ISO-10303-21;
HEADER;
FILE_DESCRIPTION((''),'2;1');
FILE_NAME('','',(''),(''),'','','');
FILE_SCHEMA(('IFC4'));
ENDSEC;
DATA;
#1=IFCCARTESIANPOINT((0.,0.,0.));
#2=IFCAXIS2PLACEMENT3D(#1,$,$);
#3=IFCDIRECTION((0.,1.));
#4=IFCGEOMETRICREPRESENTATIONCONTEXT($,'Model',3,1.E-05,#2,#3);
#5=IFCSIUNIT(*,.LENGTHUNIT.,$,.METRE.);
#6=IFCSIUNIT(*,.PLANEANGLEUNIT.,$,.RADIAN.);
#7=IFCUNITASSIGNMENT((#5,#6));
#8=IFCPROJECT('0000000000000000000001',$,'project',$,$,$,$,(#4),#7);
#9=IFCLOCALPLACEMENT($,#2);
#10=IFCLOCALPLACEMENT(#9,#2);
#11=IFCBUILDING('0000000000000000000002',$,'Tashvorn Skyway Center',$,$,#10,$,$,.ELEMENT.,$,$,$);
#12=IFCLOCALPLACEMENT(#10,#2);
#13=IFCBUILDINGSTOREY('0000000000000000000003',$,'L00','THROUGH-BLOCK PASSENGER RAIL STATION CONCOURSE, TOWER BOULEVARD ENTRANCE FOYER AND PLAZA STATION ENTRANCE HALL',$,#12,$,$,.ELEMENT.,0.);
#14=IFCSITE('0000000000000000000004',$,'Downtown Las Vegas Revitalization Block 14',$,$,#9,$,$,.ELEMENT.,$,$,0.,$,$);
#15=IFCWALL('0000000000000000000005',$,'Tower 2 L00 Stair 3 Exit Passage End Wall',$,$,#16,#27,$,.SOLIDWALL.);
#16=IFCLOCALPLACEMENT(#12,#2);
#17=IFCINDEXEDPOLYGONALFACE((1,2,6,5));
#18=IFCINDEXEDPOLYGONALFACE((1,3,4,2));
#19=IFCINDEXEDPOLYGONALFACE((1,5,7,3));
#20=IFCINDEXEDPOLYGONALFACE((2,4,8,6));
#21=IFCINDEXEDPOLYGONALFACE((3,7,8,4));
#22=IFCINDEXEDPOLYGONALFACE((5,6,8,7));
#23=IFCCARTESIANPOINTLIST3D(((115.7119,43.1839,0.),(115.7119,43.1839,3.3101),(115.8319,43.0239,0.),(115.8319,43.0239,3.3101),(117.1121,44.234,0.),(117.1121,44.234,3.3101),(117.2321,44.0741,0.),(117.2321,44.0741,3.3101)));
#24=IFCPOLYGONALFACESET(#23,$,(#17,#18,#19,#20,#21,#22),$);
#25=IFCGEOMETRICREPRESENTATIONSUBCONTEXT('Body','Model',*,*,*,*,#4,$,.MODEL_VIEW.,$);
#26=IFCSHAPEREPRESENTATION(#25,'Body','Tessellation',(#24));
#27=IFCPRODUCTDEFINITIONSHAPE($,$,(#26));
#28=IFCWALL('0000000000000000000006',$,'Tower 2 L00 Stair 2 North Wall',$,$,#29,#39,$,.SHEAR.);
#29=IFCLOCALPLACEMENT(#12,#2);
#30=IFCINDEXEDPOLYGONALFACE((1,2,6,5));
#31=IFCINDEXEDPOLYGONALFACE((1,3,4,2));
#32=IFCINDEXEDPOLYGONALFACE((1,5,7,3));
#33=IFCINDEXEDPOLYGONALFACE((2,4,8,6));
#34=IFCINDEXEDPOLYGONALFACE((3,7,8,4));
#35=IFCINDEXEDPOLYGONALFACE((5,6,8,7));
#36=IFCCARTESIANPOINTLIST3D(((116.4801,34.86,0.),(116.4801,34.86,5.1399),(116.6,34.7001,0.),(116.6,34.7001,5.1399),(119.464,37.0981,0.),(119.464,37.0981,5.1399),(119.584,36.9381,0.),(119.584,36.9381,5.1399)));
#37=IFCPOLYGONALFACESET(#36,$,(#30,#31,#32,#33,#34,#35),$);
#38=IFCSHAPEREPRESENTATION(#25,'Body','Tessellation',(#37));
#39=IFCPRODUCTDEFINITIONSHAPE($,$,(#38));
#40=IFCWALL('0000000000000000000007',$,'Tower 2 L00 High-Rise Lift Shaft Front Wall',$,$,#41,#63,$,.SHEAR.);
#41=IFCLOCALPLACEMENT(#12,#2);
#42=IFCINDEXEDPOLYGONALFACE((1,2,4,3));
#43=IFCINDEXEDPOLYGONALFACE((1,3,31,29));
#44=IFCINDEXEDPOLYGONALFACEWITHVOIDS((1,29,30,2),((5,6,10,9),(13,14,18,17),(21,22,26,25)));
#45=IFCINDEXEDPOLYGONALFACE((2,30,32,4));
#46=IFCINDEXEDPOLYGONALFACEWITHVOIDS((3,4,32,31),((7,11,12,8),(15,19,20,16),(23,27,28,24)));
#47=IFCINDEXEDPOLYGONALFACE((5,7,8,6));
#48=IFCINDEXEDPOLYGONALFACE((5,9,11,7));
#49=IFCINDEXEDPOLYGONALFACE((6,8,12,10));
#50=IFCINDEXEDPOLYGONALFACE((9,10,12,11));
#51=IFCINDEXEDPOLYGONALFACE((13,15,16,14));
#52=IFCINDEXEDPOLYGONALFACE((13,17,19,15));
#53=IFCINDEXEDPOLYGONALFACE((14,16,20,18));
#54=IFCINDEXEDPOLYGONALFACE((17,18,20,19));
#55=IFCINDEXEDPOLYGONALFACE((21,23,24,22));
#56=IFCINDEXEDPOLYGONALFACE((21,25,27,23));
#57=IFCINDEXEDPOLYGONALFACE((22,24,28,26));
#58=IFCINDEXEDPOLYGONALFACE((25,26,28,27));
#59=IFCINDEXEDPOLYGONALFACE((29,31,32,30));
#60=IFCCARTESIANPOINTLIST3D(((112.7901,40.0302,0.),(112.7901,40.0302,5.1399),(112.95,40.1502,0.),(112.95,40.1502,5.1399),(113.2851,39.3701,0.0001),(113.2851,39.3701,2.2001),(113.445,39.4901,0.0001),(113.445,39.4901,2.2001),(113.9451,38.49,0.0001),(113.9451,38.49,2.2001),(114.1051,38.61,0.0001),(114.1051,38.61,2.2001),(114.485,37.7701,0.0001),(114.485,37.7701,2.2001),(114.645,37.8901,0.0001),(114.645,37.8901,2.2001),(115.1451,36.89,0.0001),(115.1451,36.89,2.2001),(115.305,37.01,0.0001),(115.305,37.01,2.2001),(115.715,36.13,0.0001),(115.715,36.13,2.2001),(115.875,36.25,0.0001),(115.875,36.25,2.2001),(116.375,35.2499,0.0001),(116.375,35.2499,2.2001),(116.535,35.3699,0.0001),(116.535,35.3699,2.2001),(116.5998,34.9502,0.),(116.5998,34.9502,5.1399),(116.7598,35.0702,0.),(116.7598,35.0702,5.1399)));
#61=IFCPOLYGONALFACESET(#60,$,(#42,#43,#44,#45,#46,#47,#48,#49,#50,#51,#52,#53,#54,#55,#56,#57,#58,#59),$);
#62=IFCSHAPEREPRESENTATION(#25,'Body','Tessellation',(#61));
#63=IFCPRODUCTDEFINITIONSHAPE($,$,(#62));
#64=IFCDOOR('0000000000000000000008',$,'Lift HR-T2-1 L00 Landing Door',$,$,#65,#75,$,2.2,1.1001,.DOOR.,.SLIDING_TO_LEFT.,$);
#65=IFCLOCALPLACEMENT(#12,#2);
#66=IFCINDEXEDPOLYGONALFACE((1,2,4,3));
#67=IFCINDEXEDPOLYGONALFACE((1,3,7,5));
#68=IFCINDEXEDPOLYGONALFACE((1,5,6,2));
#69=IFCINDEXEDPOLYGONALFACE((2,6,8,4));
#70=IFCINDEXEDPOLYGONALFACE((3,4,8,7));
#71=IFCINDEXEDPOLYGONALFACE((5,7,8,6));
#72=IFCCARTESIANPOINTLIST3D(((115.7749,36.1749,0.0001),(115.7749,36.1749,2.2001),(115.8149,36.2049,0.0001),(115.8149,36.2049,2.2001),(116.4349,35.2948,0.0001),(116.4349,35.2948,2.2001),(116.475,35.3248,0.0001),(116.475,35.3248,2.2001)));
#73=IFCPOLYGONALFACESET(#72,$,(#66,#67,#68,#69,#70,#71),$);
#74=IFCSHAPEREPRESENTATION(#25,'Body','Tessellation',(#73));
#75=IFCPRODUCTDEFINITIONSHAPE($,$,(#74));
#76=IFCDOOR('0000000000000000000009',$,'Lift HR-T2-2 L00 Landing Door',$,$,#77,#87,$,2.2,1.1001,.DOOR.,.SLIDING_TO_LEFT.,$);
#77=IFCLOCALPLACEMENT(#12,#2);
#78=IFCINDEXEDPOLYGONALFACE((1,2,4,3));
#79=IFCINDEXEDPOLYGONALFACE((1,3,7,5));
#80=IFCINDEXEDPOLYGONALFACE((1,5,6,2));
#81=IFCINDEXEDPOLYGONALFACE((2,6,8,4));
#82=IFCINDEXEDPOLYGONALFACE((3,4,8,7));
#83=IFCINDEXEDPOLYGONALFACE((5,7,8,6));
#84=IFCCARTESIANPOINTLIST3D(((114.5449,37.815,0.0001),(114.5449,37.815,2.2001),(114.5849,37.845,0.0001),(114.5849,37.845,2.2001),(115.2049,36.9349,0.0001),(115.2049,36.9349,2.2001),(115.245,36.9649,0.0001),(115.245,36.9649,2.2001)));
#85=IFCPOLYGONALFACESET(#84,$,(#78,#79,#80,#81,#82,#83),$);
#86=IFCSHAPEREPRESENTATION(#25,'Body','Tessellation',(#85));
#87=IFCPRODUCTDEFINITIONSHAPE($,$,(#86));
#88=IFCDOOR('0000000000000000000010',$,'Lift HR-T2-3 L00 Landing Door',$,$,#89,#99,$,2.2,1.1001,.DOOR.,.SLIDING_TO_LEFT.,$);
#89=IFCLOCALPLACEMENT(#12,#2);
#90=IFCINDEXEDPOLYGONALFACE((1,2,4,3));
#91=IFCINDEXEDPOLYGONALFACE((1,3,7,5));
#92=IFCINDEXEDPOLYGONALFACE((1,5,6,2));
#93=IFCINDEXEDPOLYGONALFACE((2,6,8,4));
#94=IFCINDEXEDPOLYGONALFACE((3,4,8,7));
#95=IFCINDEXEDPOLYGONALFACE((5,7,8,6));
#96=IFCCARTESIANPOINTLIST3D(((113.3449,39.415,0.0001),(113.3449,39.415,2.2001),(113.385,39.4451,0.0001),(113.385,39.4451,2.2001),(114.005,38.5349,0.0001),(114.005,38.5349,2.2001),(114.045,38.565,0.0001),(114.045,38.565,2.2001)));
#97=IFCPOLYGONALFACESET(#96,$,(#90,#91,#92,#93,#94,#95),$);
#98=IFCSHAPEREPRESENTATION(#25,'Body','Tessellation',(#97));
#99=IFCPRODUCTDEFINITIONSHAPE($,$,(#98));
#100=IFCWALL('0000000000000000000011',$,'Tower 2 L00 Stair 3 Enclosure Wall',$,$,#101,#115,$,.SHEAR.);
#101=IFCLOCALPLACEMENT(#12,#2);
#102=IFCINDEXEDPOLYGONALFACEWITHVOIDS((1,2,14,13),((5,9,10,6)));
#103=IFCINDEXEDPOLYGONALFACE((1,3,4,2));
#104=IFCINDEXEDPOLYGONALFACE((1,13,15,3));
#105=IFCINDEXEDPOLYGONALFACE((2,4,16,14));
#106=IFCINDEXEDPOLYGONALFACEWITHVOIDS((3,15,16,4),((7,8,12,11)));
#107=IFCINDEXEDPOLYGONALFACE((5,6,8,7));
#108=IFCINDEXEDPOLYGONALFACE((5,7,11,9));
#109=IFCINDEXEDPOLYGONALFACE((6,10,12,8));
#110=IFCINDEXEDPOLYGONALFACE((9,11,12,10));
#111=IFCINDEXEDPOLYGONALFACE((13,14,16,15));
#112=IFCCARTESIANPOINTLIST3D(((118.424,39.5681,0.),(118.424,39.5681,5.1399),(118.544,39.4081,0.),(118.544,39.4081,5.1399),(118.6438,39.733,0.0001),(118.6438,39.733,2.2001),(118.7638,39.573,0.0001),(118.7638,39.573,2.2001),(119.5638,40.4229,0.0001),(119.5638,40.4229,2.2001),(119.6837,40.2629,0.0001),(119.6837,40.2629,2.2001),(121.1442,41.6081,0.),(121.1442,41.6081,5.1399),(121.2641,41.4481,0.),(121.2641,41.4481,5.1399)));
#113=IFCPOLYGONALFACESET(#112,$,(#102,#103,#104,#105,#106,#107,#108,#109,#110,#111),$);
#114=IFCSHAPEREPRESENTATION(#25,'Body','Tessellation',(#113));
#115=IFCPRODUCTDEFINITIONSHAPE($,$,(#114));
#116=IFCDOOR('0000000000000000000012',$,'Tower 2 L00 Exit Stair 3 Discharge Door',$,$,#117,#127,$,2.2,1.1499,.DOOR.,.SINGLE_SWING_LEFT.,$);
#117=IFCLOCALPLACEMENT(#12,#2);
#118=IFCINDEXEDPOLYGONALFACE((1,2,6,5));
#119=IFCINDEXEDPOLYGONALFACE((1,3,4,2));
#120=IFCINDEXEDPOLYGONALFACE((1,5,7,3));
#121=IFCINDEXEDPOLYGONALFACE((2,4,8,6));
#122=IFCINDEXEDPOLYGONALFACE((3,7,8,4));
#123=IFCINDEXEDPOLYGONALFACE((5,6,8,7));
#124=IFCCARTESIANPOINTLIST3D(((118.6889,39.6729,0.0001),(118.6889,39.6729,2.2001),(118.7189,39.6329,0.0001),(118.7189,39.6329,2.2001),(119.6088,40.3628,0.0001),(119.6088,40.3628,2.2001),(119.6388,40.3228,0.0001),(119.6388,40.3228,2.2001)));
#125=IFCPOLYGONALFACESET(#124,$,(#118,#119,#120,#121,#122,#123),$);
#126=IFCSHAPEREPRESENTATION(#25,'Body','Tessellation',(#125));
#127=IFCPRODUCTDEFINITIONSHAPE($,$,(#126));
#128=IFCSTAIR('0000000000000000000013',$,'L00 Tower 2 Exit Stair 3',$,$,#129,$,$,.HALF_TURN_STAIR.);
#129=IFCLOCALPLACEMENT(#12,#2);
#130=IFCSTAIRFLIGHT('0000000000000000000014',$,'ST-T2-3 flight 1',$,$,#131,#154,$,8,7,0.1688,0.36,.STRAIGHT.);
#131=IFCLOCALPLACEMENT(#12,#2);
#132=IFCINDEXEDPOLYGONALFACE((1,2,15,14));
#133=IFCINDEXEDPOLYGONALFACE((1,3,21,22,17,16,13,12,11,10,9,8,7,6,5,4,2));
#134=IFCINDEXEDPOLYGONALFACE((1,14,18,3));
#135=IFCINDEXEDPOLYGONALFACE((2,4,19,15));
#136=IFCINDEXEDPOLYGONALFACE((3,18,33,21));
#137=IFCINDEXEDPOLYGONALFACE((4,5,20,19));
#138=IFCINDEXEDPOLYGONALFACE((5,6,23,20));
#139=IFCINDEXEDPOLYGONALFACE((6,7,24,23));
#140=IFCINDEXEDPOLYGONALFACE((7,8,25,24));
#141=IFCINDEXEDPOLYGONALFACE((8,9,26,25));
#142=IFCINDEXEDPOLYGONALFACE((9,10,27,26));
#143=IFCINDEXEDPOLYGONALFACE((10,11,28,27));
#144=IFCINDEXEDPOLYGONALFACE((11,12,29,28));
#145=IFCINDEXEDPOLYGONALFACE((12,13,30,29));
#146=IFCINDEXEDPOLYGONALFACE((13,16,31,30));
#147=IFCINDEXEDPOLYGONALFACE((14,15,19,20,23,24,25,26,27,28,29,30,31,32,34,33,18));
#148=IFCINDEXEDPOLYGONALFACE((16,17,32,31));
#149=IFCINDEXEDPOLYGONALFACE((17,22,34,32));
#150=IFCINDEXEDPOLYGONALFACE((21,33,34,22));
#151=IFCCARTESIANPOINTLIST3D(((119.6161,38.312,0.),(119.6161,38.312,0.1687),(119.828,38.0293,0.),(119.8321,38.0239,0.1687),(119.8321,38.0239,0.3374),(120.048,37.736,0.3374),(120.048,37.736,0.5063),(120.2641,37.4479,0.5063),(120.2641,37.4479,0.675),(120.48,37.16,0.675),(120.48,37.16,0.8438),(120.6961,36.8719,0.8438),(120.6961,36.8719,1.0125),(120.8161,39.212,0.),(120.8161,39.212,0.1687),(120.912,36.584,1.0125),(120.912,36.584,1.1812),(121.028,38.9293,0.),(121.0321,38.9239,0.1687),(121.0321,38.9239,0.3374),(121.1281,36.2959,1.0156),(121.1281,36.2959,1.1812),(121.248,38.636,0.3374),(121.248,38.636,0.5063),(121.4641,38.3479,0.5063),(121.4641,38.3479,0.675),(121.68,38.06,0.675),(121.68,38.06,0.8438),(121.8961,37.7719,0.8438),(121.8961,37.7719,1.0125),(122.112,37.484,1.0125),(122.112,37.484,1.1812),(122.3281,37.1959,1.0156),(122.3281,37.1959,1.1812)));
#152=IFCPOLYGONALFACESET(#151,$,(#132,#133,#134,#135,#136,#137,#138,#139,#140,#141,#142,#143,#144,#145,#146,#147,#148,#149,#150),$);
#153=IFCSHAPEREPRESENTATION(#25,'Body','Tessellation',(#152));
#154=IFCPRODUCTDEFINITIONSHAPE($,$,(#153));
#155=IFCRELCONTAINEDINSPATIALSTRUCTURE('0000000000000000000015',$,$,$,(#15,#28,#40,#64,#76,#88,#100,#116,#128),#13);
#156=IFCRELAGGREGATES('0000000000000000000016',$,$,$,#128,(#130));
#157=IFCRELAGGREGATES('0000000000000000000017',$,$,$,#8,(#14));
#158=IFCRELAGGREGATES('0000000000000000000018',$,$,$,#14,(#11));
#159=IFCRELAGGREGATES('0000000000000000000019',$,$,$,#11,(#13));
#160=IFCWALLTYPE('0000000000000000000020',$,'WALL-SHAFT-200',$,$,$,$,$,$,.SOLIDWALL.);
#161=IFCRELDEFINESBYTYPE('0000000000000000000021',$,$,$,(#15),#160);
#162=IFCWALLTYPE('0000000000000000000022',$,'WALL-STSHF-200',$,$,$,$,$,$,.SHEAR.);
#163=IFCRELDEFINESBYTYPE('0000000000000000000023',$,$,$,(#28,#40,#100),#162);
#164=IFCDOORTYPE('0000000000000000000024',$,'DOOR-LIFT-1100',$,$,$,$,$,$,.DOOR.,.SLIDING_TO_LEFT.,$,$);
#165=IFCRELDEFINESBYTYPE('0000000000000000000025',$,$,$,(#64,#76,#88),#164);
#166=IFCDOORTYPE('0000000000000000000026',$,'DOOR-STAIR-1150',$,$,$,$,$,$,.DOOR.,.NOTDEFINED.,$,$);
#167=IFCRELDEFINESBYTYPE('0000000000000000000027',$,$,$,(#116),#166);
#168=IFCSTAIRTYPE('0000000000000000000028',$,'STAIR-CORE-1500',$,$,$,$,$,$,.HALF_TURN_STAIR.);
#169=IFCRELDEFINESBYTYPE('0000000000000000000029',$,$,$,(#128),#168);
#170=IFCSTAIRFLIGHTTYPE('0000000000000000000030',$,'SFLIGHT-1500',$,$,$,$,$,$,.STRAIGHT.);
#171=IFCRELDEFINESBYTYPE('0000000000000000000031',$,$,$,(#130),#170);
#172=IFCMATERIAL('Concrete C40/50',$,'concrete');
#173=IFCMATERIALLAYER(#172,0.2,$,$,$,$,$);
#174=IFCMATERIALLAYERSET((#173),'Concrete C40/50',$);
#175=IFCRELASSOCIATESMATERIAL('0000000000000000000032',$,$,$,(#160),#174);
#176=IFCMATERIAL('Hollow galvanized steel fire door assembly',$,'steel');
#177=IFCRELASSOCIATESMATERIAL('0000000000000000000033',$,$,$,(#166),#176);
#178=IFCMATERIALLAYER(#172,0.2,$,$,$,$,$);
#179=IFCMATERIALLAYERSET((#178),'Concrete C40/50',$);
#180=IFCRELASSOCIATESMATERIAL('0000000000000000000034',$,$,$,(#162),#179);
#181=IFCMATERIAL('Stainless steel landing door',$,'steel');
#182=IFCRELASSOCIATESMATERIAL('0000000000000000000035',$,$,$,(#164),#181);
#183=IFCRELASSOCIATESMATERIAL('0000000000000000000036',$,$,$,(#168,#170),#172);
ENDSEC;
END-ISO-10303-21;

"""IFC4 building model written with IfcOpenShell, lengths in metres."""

from ifc_helpers import new_model, si_unit, direction, frame, frame_2d, origin, place, context, subcontext, project, spatial, polyline, rectangle, outline, extrude, material, layer, layer_set, type_object, element, fill, aggregate, save


model = new_model("IFC4")

# Units and contexts
model_context = context("Model", 3, precision=1e-05, world=origin(), true_north=direction((0.0, 1.0)))
body_context = subcontext(model_context, "Body", "Model", "MODEL_VIEW")
ifc_project = project(units=[si_unit("LENGTHUNIT", "METRE"), si_unit("PLANEANGLEUNIT", "RADIAN")], contexts=[model_context])

# Site, building, storey
site_placement = place(None, origin())
site = spatial("IfcSite", under=ifc_project, at=site_placement, Name="Downtown Las Vegas Revitalization Block 14", CompositionType="ELEMENT", RefElevation=0.0)
building_placement = place(site_placement, origin())
building = spatial("IfcBuilding", under=site, at=building_placement, Name="Tashvorn Skyway Center", CompositionType="ELEMENT")
storey_placement = place(building_placement, origin())
storey = spatial("IfcBuildingStorey", under=building, at=storey_placement, Name="L00", Description="THROUGH-BLOCK PASSENGER RAIL STATION CONCOURSE, TOWER BOULEVARD ENTRANCE FOYER AND PLAZA STATION ENTRANCE HALL", CompositionType="ELEMENT", Elevation=0.0)

# Shared definitions
ifc_material_1 = material(Name="Concrete C40/50", Category="concrete")
ifc_layer_1 = layer(ifc_material_1, 0.2)
ifc_layer_set_1 = layer_set([ifc_layer_1], Name="Concrete C40/50")
wall_type_1 = type_object("IfcWallType", Name="WALL-SHAFT-200", PredefinedType="SOLIDWALL", material=ifc_layer_set_1)

# Shared definitions
ifc_material_2 = material(Name="Hollow galvanized steel fire door assembly", Category="steel")
door_type_1 = type_object("IfcDoorType", Name="DOOR-STAIR-1150", OperationType="NOTDEFINED", PredefinedType="DOOR", material=ifc_material_2)

# Walls
wall_1_placement = place(storey_placement, frame((115.772, 43.104, 0.0), z_axis=(0.0, 0.0, 1.0), x_axis=(0.800017, 0.599978, 0.0)))
element("IfcWall", 1, at=wall_1_placement, inside=storey, type_object=wall_type_1, Name="Tower 2 L00 Stair 3 Exit Passage End Wall", PredefinedType="SOLIDWALL", context=body_context, shape_type="SweptSolid", body=[
    extrude(rectangle(XDim=1.7502, YDim=0.2, at=frame_2d((0.875, 0.0))), origin(), (0.0, 0.0, 1.0), 3.3101),
])
ifc_layer_2 = layer(ifc_material_1, 0.2)
ifc_layer_set_2 = layer_set([ifc_layer_2], Name="Concrete C40/50")
wall_type_2 = type_object("IfcWallType", Name="WALL-STSHF-200", PredefinedType="SHEAR", material=ifc_layer_set_2)
wall_2_placement = place(storey_placement, frame((116.54, 34.78, 0.0), z_axis=(0.0, 0.0, 1.0), x_axis=(0.799984, 0.600021, 0.0)))
element("IfcWall", 2, at=wall_2_placement, inside=storey, type_object=wall_type_2, Name="Tower 2 L00 Stair 2 North Wall", PredefinedType="SHEAR", context=body_context, shape_type="SweptSolid", body=[
    extrude(rectangle(XDim=3.73, YDim=0.2, at=frame_2d((1.865, 0.0))), origin(), (0.0, 0.0, 1.0), 5.1399),
])

# Wall, openings, doors
wall_3_placement = place(storey_placement, frame((112.8701, 40.0901, 0.0), z_axis=(0.0, 0.0, 1.0), x_axis=(0.599975, -0.800018, 0.0)))
wall_3 = element("IfcWall", 3, at=wall_3_placement, inside=storey, type_object=wall_type_2, Name="Tower 2 L00 High-Rise Lift Shaft Front Wall", PredefinedType="SHEAR", context=body_context, shape_type="SweptSolid", body=[
    extrude(rectangle(XDim=6.3499, YDim=0.2, at=frame_2d((3.1748, 0.0))), origin(), (0.0, 0.0, 1.0), 5.1399),
])
opening_1_placement = place(wall_3_placement, frame((4.875, 0.0, 0.0)))
opening_1 = element("IfcOpeningElement", 4, at=opening_1_placement, cuts=wall_3, PredefinedType="OPENING", context=body_context, shape_type="SweptSolid", body=[
    extrude(rectangle(XDim=1.1001, YDim=2.2, at=frame_2d((0.55, 1.1001))), frame((0.0, 0.1099, 0.0), z_axis=(0.0, -1.0, 0.0), x_axis=(1.0, 0.0, 0.0)), (0.0, 0.0, 1.0), 0.22),
])
opening_2_placement = place(wall_3_placement, frame((2.825, 0.0, 0.0)))
opening_2 = element("IfcOpeningElement", 5, at=opening_2_placement, cuts=wall_3, PredefinedType="OPENING", context=body_context, shape_type="SweptSolid", body=[
    extrude(rectangle(XDim=1.1001, YDim=2.2, at=frame_2d((0.55, 1.1001))), frame((0.0, 0.1099, 0.0), z_axis=(0.0, -1.0, 0.0), x_axis=(1.0, 0.0, 0.0)), (0.0, 0.0, 1.0), 0.22),
])
opening_3_placement = place(wall_3_placement, frame((0.825, 0.0, 0.0)))
opening_3 = element("IfcOpeningElement", 6, at=opening_3_placement, cuts=wall_3, PredefinedType="OPENING", context=body_context, shape_type="SweptSolid", body=[
    extrude(rectangle(XDim=1.1001, YDim=2.2, at=frame_2d((0.55, 1.1001))), frame((0.0, 0.1099, 0.0), z_axis=(0.0, -1.0, 0.0), x_axis=(1.0, 0.0, 0.0)), (0.0, 0.0, 1.0), 0.22),
])
ifc_material_3 = material(Name="Stainless steel landing door", Category="steel")
door_type_2 = type_object("IfcDoorType", Name="DOOR-LIFT-1100", OperationType="SLIDING_TO_LEFT", PredefinedType="DOOR", material=ifc_material_3)
door_1_placement = place(opening_1_placement, origin())
door_1 = element("IfcDoor", 7, at=door_1_placement, inside=storey, type_object=door_type_2, Name="Lift HR-T2-1 L00 Landing Door", OperationType="SLIDING_TO_LEFT", OverallHeight=2.2, OverallWidth=1.1001, PredefinedType="DOOR", context=body_context, shape_type="SweptSolid", body=[
    extrude(rectangle(XDim=1.1001, YDim=2.2, at=frame_2d((0.55, 1.1001))), frame((0.0, 0.0249, 0.0), z_axis=(0.0, -1.0, 0.0), x_axis=(1.0, 0.0, 0.0)), (0.0, 0.0, 1.0), 0.05),
])
fill(opening_1, door_1)
door_2_placement = place(opening_2_placement, origin())
door_2 = element("IfcDoor", 8, at=door_2_placement, inside=storey, type_object=door_type_2, Name="Lift HR-T2-2 L00 Landing Door", OperationType="SLIDING_TO_LEFT", OverallHeight=2.2, OverallWidth=1.1001, PredefinedType="DOOR", context=body_context, shape_type="SweptSolid", body=[
    extrude(rectangle(XDim=1.1001, YDim=2.2, at=frame_2d((0.55, 1.1001))), frame((0.0, 0.0249, 0.0), z_axis=(0.0, -1.0, 0.0), x_axis=(1.0, 0.0, 0.0)), (0.0, 0.0, 1.0), 0.05),
])
fill(opening_2, door_2)
door_3_placement = place(opening_3_placement, origin())
door_3 = element("IfcDoor", 9, at=door_3_placement, inside=storey, type_object=door_type_2, Name="Lift HR-T2-3 L00 Landing Door", OperationType="SLIDING_TO_LEFT", OverallHeight=2.2, OverallWidth=1.1001, PredefinedType="DOOR", context=body_context, shape_type="SweptSolid", body=[
    extrude(rectangle(XDim=1.1001, YDim=2.2, at=frame_2d((0.55, 1.1001))), frame((0.0, 0.0249, 0.0), z_axis=(0.0, -1.0, 0.0), x_axis=(1.0, 0.0, 0.0)), (0.0, 0.0, 1.0), 0.05),
])
fill(opening_3, door_3)

# Wall, opening, door
wall_4_placement = place(storey_placement, frame((118.4839, 39.488, 0.0), z_axis=(0.0, 0.0, 1.0), x_axis=(0.800017, 0.599977, 0.0)))
wall_4 = element("IfcWall", 10, at=wall_4_placement, inside=storey, type_object=wall_type_2, Name="Tower 2 L00 Stair 3 Enclosure Wall", PredefinedType="SHEAR", context=body_context, shape_type="SweptSolid", body=[
    extrude(rectangle(XDim=3.4001, YDim=0.2, at=frame_2d((1.7002, 0.0))), origin(), (0.0, 0.0, 1.0), 5.1399),
])
opening_4_placement = place(wall_4_placement, frame((0.2749, 0.0, 0.0)))
opening_4 = element("IfcOpeningElement", 11, at=opening_4_placement, cuts=wall_4, PredefinedType="OPENING", context=body_context, shape_type="SweptSolid", body=[
    extrude(rectangle(XDim=1.1499, YDim=2.2, at=frame_2d((0.575, 1.1001))), frame((0.0, 0.1099, 0.0), z_axis=(0.0, -1.0, 0.0), x_axis=(1.0, 0.0, 0.0)), (0.0, 0.0, 1.0), 0.22),
])
door_4_placement = place(opening_4_placement, origin())
door_4 = element("IfcDoor", 12, at=door_4_placement, inside=storey, type_object=door_type_1, Name="Tower 2 L00 Exit Stair 3 Discharge Door", OperationType="SINGLE_SWING_LEFT", OverallHeight=2.2, OverallWidth=1.1499, PredefinedType="DOOR", context=body_context, shape_type="SweptSolid", body=[
    extrude(rectangle(XDim=1.1499, YDim=2.2, at=frame_2d((0.575, 1.1001))), frame((0.0, 0.0249, 0.0), z_axis=(0.0, -1.0, 0.0), x_axis=(1.0, 0.0, 0.0)), (0.0, 0.0, 1.0), 0.05),
])
fill(opening_4, door_4)

# Stair, stair flight
stair_type = type_object("IfcStairType", Name="STAIR-CORE-1500", PredefinedType="HALF_TURN_STAIR", material=ifc_material_1)
stair_placement = place(storey_placement, origin())
stair = element("IfcStair", 13, at=stair_placement, inside=storey, type_object=stair_type, Name="L00 Tower 2 Exit Stair 3", PredefinedType="HALF_TURN_STAIR")
stair_flight_type = type_object("IfcStairFlightType", Name="SFLIGHT-1500", PredefinedType="STRAIGHT", material=ifc_material_1)
stair_flight_1_placement = place(storey_placement, frame((120.2161, 38.762, 0.0), z_axis=(0.0, 0.0, 1.0), x_axis=(0.6, -0.8, 0.0)))
stair_flight_1 = element("IfcStairFlight", 14, at=stair_flight_1_placement, type_object=stair_flight_type, Name="ST-T2-3 flight 1", NumberOfRisers=8, NumberOfTreads=7, PredefinedType="STRAIGHT", RiserHeight=0.1688, TreadLength=0.36, context=body_context, shape_type="SweptSolid", body=[
    extrude(outline(polyline([(0.0, 0.0), (0.0, 0.1687), (0.3601, 0.1687), (0.3601, 0.3374), (0.72, 0.3374), (0.72, 0.5063), (1.0801, 0.5063), (1.0801, 0.675), (1.4399, 0.675), (1.4399, 0.8438), (1.8, 0.8438), (1.8, 1.0125), (2.1599, 1.0125), (2.1599, 1.1812), (2.52, 1.1812), (2.52, 1.3501), (2.52, 1.0156), (0.3533, 0.0), (0.0, 0.0)])), frame((0.0, 0.75, 0.0), z_axis=(0.0, -1.0, 0.0), x_axis=(1.0, 0.0, 0.0)), (0.0, 0.0, 1.0), 1.5),
])
aggregate(stair, [stair_flight_1])

save(model, "model.ifc")
